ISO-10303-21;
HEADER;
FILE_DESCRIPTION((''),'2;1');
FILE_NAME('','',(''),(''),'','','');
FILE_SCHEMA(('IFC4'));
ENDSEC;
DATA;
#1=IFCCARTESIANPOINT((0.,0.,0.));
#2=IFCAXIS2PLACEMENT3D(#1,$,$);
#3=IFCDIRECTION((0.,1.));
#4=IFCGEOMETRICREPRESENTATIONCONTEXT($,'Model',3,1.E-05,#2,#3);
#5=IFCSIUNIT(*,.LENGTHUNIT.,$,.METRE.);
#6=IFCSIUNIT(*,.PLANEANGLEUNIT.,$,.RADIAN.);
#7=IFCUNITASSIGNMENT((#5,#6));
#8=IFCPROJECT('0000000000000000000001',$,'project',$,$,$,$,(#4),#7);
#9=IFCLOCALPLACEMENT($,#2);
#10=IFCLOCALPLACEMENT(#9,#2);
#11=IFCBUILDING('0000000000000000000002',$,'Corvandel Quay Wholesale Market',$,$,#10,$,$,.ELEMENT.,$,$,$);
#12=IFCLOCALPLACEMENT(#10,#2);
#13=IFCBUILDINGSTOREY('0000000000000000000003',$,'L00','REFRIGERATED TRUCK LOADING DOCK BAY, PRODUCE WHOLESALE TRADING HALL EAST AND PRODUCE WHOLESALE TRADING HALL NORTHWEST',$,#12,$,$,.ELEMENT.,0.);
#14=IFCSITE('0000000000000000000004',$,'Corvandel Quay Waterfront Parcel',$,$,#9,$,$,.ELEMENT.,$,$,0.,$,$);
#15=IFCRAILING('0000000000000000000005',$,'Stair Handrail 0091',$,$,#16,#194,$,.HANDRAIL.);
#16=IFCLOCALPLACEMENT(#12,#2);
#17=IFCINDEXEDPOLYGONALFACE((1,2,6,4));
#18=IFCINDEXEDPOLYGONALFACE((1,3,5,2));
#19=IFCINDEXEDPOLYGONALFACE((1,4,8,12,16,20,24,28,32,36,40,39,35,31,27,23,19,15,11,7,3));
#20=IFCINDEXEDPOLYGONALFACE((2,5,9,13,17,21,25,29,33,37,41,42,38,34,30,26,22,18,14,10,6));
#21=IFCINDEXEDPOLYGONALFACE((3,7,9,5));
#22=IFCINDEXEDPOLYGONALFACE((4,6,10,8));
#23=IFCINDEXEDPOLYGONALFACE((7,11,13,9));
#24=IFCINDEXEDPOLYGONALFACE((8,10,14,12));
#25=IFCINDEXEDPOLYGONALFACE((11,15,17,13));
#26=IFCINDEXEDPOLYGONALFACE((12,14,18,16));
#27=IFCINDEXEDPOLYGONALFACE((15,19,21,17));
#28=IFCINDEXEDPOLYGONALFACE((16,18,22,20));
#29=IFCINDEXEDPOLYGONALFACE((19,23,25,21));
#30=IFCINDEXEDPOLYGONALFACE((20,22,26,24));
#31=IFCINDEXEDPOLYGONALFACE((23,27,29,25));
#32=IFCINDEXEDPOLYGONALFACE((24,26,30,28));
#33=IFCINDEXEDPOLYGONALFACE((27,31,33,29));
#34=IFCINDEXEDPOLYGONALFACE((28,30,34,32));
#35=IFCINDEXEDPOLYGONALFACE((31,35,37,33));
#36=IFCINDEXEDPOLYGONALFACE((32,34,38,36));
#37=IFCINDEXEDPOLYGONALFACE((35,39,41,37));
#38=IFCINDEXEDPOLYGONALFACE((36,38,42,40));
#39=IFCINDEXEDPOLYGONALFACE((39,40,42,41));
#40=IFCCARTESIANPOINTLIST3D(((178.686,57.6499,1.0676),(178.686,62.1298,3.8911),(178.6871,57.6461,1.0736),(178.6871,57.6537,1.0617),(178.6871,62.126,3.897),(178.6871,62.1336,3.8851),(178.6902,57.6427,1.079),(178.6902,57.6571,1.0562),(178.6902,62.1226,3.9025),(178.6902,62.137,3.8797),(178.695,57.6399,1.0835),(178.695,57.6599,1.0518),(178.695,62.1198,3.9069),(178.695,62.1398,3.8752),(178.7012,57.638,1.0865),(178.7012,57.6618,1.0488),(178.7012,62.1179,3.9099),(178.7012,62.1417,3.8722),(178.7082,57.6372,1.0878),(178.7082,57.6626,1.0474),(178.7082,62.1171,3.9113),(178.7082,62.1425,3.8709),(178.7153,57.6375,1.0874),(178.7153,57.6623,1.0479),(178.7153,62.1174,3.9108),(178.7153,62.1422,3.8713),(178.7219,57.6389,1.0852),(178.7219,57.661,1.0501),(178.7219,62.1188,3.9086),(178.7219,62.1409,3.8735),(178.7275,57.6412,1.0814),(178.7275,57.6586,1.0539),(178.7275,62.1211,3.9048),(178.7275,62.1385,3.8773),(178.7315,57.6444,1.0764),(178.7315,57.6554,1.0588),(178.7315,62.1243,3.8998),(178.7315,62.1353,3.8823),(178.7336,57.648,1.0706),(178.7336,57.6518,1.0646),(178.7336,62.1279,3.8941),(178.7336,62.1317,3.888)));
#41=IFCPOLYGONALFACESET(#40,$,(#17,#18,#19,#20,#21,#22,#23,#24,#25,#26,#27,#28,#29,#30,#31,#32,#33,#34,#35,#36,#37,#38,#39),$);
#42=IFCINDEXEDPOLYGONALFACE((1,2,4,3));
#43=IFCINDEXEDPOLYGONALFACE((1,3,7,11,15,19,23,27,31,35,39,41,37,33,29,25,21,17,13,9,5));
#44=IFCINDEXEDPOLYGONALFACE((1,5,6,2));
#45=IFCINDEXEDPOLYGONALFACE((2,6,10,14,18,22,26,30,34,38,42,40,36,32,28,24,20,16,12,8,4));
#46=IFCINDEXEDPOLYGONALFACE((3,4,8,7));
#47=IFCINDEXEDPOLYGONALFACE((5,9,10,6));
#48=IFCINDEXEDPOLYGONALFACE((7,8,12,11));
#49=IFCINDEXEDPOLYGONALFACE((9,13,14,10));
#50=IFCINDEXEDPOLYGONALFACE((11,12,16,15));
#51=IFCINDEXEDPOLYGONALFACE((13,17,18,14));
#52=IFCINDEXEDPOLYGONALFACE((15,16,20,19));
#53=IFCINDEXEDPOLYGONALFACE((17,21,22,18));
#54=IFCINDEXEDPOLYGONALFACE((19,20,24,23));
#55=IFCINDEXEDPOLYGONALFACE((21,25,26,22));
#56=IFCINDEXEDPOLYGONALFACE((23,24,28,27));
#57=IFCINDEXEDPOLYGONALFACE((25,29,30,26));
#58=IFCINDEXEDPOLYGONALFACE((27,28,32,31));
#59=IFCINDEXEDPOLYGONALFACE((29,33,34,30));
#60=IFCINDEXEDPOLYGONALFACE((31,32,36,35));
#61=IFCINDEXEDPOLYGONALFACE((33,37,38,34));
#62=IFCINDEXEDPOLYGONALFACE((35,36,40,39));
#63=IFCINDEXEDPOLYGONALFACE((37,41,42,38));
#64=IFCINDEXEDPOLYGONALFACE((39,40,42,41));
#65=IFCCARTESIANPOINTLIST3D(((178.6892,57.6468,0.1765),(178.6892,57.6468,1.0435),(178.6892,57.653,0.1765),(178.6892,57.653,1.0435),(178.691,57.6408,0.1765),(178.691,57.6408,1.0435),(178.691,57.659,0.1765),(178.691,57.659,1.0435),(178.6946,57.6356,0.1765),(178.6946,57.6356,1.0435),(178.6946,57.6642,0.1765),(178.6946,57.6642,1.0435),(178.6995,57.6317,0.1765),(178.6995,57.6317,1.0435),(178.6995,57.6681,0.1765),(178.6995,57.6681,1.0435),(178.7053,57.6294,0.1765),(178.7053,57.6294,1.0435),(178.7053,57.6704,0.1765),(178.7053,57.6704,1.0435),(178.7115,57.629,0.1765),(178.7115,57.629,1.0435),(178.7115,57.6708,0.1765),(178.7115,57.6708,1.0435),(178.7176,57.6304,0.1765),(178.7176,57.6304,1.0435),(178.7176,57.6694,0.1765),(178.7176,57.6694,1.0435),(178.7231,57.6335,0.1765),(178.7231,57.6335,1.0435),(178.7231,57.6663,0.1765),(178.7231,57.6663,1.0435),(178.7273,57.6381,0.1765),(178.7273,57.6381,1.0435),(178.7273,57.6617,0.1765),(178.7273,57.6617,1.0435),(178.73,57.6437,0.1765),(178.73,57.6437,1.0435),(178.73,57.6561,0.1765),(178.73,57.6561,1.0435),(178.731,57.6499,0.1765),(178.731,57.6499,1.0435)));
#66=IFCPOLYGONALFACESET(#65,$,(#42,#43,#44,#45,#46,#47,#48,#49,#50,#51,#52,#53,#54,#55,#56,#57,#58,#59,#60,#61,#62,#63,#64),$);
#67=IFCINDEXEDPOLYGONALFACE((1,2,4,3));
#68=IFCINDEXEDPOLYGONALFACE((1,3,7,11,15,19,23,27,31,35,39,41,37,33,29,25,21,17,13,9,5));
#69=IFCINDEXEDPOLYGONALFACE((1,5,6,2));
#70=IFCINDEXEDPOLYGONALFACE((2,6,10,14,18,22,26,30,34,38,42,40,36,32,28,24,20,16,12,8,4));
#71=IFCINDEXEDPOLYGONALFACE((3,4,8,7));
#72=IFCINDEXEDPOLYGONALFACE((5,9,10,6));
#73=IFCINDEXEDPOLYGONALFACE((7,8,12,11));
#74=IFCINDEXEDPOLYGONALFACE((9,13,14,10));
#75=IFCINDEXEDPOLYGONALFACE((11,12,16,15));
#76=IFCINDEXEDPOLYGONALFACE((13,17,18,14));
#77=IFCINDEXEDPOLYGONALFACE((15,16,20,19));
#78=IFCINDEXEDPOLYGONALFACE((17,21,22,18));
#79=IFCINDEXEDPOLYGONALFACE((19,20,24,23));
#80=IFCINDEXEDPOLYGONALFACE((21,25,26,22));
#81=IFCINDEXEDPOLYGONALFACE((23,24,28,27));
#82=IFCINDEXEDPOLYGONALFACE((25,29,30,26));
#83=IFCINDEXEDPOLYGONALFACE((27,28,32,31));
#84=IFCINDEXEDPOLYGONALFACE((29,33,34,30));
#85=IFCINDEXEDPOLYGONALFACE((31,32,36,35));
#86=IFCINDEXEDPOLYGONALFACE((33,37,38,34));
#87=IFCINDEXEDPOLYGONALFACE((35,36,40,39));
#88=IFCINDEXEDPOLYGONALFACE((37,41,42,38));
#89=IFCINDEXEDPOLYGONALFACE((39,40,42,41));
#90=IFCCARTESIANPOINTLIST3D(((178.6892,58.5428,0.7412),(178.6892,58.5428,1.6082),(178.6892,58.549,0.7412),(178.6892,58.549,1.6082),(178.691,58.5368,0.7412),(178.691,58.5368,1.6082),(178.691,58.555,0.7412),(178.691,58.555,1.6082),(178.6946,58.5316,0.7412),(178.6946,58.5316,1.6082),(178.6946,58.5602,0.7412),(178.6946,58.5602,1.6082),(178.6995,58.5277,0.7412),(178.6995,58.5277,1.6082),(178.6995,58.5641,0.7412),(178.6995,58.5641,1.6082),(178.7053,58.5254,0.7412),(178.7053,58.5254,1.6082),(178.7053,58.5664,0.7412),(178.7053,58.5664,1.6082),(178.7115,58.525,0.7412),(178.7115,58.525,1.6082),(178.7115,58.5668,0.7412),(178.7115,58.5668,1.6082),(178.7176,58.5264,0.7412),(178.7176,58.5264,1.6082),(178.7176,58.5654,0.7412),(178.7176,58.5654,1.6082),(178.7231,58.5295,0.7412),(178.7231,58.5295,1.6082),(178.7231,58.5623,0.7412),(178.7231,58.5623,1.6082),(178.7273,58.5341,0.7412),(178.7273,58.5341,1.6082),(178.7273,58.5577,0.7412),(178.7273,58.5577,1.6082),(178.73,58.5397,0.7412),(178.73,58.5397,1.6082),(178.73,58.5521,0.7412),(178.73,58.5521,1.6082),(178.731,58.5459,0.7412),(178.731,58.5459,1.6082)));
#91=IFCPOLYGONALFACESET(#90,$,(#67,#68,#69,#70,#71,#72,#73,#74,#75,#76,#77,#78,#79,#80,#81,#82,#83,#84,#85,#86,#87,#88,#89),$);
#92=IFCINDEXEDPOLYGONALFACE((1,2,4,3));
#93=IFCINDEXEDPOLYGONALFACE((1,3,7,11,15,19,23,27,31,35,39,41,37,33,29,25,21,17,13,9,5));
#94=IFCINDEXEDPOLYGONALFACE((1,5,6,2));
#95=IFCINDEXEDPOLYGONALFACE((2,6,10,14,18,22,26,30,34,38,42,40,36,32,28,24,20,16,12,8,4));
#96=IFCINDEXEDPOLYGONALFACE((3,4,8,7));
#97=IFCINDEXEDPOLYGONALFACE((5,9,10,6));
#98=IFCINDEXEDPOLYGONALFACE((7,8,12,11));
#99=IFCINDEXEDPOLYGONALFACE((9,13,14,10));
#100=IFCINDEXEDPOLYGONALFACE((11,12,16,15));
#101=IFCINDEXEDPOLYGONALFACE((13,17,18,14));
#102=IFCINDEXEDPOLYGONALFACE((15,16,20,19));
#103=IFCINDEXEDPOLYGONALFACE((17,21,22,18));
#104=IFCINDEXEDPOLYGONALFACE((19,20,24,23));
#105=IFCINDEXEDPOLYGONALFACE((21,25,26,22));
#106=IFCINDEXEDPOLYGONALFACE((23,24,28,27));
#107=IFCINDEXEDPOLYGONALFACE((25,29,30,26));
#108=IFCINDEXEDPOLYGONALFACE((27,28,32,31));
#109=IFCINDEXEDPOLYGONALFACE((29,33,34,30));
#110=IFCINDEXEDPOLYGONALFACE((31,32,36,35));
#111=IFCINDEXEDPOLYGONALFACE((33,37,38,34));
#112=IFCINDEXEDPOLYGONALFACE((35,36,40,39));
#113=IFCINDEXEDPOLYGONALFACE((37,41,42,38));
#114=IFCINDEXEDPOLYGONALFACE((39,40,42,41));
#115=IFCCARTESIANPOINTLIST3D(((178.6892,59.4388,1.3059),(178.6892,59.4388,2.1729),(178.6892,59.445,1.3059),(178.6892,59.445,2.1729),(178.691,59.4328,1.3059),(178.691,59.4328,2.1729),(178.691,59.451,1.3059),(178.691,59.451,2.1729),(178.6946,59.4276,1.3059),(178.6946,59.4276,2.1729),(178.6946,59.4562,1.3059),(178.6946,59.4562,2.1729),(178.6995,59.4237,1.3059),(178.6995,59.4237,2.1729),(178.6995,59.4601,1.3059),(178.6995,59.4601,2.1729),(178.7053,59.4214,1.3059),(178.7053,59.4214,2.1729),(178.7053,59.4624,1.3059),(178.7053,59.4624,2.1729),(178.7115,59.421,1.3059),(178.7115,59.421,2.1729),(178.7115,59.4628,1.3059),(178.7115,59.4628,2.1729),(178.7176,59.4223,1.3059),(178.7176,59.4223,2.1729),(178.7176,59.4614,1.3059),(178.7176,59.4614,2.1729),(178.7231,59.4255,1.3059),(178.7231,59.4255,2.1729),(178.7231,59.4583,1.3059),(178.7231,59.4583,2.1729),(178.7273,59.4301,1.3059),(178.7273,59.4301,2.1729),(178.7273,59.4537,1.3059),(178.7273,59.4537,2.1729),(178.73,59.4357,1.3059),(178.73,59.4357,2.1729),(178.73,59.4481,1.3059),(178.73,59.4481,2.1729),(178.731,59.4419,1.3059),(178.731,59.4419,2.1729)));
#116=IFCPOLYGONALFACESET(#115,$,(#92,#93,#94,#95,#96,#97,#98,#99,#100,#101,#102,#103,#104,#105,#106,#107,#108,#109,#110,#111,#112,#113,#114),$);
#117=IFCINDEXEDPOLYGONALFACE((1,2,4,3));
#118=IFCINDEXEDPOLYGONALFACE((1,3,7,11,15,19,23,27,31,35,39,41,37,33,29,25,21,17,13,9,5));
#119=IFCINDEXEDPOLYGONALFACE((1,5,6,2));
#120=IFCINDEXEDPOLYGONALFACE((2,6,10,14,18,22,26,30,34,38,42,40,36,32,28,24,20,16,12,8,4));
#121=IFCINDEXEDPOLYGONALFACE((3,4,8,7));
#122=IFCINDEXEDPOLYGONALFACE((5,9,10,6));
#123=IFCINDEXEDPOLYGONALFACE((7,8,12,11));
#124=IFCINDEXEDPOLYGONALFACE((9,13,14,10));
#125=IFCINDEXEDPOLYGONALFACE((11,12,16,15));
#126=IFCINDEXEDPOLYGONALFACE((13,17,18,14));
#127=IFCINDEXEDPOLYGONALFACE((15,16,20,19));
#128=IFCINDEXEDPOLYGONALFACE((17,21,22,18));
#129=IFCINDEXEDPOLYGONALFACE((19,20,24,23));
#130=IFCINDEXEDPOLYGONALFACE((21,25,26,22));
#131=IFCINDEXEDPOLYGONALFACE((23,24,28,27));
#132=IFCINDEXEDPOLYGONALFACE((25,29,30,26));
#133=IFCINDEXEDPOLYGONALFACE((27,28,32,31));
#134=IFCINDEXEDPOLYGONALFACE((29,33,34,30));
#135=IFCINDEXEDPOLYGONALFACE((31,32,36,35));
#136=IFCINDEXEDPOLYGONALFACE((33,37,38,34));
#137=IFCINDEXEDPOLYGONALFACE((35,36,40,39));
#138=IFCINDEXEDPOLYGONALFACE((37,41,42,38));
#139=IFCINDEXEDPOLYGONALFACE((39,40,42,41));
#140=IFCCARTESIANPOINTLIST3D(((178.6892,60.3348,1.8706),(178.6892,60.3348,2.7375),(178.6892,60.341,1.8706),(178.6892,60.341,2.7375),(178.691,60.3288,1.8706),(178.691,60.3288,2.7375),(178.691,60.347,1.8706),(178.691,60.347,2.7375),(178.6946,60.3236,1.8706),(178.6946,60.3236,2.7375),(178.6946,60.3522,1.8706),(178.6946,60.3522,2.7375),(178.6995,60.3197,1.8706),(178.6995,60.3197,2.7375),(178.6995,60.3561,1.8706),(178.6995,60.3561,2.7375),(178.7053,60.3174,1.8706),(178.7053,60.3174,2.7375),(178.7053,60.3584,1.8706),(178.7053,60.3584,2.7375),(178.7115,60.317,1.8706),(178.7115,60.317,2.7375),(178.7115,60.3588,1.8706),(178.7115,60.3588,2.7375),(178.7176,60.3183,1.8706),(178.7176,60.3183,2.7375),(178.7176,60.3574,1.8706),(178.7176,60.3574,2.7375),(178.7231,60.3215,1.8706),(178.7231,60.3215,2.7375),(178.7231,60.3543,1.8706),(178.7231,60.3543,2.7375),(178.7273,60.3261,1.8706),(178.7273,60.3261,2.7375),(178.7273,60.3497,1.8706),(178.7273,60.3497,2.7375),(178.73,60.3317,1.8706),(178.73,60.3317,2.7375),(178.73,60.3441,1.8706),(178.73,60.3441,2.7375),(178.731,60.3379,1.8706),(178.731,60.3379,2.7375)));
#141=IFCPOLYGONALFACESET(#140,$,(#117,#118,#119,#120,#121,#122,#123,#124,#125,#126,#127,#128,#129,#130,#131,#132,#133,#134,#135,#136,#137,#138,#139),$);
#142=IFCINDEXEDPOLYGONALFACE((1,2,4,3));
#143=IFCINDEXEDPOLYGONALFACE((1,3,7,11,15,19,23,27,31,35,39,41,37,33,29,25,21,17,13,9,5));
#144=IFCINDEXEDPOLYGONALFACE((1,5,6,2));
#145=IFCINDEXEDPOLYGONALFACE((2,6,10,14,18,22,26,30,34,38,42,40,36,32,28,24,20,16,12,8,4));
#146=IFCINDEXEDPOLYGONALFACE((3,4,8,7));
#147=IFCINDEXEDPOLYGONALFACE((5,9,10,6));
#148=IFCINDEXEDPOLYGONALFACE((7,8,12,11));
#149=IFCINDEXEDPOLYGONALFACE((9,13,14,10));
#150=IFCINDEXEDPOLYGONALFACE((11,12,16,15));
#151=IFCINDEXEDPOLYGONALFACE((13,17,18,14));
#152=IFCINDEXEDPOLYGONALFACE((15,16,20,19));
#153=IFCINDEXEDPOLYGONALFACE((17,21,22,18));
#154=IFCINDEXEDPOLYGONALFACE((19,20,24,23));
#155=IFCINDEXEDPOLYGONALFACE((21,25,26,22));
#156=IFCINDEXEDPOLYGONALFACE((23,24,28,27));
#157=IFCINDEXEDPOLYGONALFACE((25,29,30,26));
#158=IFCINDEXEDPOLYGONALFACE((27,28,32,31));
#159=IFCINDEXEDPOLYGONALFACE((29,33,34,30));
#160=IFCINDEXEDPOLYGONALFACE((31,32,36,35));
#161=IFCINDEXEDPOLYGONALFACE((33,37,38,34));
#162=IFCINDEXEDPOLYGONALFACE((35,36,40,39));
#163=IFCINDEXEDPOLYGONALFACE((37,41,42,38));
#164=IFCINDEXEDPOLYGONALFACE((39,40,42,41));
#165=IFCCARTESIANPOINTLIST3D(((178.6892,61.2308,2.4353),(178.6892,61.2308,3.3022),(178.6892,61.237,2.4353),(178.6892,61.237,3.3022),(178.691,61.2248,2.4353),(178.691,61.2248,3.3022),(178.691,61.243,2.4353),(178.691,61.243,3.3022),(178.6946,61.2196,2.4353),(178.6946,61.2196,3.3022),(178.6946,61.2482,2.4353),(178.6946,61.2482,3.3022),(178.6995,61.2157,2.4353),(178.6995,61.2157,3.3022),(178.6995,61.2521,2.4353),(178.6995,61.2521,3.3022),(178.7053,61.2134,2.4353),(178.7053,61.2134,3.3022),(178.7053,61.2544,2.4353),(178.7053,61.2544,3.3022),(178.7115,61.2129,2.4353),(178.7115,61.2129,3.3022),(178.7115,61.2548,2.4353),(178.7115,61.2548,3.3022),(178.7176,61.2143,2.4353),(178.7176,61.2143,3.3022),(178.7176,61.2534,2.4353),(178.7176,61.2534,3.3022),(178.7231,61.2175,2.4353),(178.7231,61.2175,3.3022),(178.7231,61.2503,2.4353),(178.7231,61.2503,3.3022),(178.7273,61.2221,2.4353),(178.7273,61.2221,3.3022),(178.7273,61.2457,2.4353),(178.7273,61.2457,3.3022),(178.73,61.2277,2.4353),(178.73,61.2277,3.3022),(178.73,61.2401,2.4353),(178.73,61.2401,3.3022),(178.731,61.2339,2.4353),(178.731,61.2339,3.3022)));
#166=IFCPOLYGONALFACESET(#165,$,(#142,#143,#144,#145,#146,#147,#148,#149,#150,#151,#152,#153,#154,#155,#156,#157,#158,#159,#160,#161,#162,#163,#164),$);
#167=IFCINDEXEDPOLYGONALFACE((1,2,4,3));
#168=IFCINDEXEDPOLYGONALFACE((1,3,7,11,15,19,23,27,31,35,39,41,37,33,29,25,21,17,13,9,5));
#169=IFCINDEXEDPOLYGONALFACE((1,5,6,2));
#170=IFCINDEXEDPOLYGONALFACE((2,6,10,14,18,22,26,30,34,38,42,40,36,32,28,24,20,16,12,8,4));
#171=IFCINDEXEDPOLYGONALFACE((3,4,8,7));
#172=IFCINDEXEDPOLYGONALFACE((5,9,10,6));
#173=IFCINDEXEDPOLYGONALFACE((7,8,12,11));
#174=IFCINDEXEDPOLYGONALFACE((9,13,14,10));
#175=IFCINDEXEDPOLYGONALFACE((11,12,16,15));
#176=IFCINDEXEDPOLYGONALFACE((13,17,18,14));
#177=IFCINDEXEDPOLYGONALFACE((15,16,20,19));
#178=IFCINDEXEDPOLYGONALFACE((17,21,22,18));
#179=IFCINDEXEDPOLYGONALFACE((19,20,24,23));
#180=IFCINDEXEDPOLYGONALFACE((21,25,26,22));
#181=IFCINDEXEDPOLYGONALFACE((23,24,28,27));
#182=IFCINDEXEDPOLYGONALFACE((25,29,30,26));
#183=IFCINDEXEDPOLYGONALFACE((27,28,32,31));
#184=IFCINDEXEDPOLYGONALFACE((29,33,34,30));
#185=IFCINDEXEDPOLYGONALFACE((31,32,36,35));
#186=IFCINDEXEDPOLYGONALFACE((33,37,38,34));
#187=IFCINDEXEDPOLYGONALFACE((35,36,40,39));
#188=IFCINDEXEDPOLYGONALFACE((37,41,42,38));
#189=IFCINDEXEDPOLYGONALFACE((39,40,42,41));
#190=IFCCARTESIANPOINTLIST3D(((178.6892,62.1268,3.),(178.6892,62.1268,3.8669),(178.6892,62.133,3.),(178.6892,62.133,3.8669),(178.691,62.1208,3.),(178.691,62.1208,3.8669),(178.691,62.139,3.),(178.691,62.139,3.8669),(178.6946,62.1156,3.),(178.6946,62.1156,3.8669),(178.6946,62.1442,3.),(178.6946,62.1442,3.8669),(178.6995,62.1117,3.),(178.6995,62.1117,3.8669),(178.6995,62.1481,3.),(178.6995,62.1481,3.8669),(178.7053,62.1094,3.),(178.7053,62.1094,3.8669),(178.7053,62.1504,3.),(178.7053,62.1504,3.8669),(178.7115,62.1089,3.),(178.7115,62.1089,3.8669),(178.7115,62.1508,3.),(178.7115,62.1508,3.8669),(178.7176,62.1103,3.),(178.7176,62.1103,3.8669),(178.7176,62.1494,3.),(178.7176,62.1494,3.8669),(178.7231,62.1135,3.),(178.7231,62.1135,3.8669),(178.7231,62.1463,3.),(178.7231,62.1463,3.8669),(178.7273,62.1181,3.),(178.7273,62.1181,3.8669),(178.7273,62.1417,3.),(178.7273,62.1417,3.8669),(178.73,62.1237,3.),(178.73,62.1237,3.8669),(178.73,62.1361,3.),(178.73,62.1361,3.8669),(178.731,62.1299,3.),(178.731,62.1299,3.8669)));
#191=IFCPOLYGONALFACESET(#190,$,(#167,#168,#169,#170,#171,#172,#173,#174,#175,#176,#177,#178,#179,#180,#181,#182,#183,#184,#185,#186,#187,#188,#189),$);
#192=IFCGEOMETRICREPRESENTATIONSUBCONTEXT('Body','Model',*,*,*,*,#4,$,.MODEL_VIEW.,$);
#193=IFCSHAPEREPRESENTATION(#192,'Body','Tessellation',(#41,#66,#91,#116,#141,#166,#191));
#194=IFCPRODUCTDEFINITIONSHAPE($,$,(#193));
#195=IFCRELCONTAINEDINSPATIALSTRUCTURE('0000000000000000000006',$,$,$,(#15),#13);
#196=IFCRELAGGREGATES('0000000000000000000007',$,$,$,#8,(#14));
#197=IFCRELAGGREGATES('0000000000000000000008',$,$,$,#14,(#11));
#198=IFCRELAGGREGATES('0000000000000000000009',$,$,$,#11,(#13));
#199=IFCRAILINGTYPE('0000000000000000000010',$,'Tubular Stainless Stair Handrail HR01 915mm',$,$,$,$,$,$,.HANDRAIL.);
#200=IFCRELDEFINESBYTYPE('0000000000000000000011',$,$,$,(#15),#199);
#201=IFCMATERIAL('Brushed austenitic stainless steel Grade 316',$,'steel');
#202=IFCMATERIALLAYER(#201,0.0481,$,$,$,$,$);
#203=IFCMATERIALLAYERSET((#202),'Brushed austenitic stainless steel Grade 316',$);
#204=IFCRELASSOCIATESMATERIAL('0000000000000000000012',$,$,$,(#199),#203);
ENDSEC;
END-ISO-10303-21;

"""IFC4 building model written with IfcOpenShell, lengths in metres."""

from ifc_helpers import new_model, si_unit, direction, frame, origin, origin_2d, place, context, subcontext, project, spatial, circle, extrude, material, layer, layer_set, type_object, element, save


model = new_model("IFC4")

# Units and contexts
model_context = context("Model", 3, precision=1e-05, world=origin(), true_north=direction((0.0, 1.0)))
body_context = subcontext(model_context, "Body", "Model", "MODEL_VIEW")
ifc_project = project(units=[si_unit("LENGTHUNIT", "METRE"), si_unit("PLANEANGLEUNIT", "RADIAN")], contexts=[model_context])

# Site, building, storey
site_placement = place(None, origin())
site = spatial("IfcSite", under=ifc_project, at=site_placement, Name="Corvandel Quay Waterfront Parcel", CompositionType="ELEMENT", RefElevation=0.0)
building_placement = place(site_placement, origin())
building = spatial("IfcBuilding", under=site, at=building_placement, Name="Corvandel Quay Wholesale Market", CompositionType="ELEMENT")
storey_placement = place(building_placement, origin())
storey = spatial("IfcBuildingStorey", under=building, at=storey_placement, Name="L00", Description="REFRIGERATED TRUCK LOADING DOCK BAY, PRODUCE WHOLESALE TRADING HALL EAST AND PRODUCE WHOLESALE TRADING HALL NORTHWEST", CompositionType="ELEMENT", Elevation=0.0)

# Railing
ifc_material_1 = material(Name="Brushed austenitic stainless steel Grade 316", Category="steel")
ifc_layer_1 = layer(ifc_material_1, 0.0481)
ifc_layer_set_1 = layer_set([ifc_layer_1], Name="Brushed austenitic stainless steel Grade 316")
railing_type_1 = type_object("IfcRailingType", Name="Tubular Stainless Stair Handrail HR01 915mm", PredefinedType="HANDRAIL", material=ifc_layer_set_1)
for number, where, name in (
    (1, (178.71, 57.6499, 0.1765), "Stair Handrail 0091"),
):
    element("IfcRailing", number, at=place(storey_placement, frame(where)), inside=storey, type_object=railing_type_1, Name=name, PredefinedType="HANDRAIL", context=body_context, shape_type="SweptSolid", body=[
        extrude(circle(Radius=0.0239, at=origin_2d()), frame((0.0, 0.0, 0.8911), z_axis=(0.0, 0.845998, 0.533186), x_axis=(-1.0, 0.0, 0.0)), (0.0, 0.0, 1.0), 5.2954),
        extrude(circle(Radius=0.021, at=origin_2d()), origin(), (0.0, 0.0, 1.0), 0.8669),
        extrude(circle(Radius=0.021, at=origin_2d()), frame((0.0, 0.896, 0.5647)), (0.0, 0.0, 1.0), 0.8669),
        extrude(circle(Radius=0.021, at=origin_2d()), frame((0.0, 1.792, 1.1294)), (0.0, 0.0, 1.0), 0.8669),
        extrude(circle(Radius=0.021, at=origin_2d()), frame((0.0, 2.688, 1.6941)), (0.0, 0.0, 1.0), 0.8669),
        extrude(circle(Radius=0.021, at=origin_2d()), frame((0.0, 3.584, 2.2588)), (0.0, 0.0, 1.0), 0.8669),
        extrude(circle(Radius=0.021, at=origin_2d()), frame((0.0, 4.48, 2.8235)), (0.0, 0.0, 1.0), 0.8669),
    ])

save(model, "model.ifc")
